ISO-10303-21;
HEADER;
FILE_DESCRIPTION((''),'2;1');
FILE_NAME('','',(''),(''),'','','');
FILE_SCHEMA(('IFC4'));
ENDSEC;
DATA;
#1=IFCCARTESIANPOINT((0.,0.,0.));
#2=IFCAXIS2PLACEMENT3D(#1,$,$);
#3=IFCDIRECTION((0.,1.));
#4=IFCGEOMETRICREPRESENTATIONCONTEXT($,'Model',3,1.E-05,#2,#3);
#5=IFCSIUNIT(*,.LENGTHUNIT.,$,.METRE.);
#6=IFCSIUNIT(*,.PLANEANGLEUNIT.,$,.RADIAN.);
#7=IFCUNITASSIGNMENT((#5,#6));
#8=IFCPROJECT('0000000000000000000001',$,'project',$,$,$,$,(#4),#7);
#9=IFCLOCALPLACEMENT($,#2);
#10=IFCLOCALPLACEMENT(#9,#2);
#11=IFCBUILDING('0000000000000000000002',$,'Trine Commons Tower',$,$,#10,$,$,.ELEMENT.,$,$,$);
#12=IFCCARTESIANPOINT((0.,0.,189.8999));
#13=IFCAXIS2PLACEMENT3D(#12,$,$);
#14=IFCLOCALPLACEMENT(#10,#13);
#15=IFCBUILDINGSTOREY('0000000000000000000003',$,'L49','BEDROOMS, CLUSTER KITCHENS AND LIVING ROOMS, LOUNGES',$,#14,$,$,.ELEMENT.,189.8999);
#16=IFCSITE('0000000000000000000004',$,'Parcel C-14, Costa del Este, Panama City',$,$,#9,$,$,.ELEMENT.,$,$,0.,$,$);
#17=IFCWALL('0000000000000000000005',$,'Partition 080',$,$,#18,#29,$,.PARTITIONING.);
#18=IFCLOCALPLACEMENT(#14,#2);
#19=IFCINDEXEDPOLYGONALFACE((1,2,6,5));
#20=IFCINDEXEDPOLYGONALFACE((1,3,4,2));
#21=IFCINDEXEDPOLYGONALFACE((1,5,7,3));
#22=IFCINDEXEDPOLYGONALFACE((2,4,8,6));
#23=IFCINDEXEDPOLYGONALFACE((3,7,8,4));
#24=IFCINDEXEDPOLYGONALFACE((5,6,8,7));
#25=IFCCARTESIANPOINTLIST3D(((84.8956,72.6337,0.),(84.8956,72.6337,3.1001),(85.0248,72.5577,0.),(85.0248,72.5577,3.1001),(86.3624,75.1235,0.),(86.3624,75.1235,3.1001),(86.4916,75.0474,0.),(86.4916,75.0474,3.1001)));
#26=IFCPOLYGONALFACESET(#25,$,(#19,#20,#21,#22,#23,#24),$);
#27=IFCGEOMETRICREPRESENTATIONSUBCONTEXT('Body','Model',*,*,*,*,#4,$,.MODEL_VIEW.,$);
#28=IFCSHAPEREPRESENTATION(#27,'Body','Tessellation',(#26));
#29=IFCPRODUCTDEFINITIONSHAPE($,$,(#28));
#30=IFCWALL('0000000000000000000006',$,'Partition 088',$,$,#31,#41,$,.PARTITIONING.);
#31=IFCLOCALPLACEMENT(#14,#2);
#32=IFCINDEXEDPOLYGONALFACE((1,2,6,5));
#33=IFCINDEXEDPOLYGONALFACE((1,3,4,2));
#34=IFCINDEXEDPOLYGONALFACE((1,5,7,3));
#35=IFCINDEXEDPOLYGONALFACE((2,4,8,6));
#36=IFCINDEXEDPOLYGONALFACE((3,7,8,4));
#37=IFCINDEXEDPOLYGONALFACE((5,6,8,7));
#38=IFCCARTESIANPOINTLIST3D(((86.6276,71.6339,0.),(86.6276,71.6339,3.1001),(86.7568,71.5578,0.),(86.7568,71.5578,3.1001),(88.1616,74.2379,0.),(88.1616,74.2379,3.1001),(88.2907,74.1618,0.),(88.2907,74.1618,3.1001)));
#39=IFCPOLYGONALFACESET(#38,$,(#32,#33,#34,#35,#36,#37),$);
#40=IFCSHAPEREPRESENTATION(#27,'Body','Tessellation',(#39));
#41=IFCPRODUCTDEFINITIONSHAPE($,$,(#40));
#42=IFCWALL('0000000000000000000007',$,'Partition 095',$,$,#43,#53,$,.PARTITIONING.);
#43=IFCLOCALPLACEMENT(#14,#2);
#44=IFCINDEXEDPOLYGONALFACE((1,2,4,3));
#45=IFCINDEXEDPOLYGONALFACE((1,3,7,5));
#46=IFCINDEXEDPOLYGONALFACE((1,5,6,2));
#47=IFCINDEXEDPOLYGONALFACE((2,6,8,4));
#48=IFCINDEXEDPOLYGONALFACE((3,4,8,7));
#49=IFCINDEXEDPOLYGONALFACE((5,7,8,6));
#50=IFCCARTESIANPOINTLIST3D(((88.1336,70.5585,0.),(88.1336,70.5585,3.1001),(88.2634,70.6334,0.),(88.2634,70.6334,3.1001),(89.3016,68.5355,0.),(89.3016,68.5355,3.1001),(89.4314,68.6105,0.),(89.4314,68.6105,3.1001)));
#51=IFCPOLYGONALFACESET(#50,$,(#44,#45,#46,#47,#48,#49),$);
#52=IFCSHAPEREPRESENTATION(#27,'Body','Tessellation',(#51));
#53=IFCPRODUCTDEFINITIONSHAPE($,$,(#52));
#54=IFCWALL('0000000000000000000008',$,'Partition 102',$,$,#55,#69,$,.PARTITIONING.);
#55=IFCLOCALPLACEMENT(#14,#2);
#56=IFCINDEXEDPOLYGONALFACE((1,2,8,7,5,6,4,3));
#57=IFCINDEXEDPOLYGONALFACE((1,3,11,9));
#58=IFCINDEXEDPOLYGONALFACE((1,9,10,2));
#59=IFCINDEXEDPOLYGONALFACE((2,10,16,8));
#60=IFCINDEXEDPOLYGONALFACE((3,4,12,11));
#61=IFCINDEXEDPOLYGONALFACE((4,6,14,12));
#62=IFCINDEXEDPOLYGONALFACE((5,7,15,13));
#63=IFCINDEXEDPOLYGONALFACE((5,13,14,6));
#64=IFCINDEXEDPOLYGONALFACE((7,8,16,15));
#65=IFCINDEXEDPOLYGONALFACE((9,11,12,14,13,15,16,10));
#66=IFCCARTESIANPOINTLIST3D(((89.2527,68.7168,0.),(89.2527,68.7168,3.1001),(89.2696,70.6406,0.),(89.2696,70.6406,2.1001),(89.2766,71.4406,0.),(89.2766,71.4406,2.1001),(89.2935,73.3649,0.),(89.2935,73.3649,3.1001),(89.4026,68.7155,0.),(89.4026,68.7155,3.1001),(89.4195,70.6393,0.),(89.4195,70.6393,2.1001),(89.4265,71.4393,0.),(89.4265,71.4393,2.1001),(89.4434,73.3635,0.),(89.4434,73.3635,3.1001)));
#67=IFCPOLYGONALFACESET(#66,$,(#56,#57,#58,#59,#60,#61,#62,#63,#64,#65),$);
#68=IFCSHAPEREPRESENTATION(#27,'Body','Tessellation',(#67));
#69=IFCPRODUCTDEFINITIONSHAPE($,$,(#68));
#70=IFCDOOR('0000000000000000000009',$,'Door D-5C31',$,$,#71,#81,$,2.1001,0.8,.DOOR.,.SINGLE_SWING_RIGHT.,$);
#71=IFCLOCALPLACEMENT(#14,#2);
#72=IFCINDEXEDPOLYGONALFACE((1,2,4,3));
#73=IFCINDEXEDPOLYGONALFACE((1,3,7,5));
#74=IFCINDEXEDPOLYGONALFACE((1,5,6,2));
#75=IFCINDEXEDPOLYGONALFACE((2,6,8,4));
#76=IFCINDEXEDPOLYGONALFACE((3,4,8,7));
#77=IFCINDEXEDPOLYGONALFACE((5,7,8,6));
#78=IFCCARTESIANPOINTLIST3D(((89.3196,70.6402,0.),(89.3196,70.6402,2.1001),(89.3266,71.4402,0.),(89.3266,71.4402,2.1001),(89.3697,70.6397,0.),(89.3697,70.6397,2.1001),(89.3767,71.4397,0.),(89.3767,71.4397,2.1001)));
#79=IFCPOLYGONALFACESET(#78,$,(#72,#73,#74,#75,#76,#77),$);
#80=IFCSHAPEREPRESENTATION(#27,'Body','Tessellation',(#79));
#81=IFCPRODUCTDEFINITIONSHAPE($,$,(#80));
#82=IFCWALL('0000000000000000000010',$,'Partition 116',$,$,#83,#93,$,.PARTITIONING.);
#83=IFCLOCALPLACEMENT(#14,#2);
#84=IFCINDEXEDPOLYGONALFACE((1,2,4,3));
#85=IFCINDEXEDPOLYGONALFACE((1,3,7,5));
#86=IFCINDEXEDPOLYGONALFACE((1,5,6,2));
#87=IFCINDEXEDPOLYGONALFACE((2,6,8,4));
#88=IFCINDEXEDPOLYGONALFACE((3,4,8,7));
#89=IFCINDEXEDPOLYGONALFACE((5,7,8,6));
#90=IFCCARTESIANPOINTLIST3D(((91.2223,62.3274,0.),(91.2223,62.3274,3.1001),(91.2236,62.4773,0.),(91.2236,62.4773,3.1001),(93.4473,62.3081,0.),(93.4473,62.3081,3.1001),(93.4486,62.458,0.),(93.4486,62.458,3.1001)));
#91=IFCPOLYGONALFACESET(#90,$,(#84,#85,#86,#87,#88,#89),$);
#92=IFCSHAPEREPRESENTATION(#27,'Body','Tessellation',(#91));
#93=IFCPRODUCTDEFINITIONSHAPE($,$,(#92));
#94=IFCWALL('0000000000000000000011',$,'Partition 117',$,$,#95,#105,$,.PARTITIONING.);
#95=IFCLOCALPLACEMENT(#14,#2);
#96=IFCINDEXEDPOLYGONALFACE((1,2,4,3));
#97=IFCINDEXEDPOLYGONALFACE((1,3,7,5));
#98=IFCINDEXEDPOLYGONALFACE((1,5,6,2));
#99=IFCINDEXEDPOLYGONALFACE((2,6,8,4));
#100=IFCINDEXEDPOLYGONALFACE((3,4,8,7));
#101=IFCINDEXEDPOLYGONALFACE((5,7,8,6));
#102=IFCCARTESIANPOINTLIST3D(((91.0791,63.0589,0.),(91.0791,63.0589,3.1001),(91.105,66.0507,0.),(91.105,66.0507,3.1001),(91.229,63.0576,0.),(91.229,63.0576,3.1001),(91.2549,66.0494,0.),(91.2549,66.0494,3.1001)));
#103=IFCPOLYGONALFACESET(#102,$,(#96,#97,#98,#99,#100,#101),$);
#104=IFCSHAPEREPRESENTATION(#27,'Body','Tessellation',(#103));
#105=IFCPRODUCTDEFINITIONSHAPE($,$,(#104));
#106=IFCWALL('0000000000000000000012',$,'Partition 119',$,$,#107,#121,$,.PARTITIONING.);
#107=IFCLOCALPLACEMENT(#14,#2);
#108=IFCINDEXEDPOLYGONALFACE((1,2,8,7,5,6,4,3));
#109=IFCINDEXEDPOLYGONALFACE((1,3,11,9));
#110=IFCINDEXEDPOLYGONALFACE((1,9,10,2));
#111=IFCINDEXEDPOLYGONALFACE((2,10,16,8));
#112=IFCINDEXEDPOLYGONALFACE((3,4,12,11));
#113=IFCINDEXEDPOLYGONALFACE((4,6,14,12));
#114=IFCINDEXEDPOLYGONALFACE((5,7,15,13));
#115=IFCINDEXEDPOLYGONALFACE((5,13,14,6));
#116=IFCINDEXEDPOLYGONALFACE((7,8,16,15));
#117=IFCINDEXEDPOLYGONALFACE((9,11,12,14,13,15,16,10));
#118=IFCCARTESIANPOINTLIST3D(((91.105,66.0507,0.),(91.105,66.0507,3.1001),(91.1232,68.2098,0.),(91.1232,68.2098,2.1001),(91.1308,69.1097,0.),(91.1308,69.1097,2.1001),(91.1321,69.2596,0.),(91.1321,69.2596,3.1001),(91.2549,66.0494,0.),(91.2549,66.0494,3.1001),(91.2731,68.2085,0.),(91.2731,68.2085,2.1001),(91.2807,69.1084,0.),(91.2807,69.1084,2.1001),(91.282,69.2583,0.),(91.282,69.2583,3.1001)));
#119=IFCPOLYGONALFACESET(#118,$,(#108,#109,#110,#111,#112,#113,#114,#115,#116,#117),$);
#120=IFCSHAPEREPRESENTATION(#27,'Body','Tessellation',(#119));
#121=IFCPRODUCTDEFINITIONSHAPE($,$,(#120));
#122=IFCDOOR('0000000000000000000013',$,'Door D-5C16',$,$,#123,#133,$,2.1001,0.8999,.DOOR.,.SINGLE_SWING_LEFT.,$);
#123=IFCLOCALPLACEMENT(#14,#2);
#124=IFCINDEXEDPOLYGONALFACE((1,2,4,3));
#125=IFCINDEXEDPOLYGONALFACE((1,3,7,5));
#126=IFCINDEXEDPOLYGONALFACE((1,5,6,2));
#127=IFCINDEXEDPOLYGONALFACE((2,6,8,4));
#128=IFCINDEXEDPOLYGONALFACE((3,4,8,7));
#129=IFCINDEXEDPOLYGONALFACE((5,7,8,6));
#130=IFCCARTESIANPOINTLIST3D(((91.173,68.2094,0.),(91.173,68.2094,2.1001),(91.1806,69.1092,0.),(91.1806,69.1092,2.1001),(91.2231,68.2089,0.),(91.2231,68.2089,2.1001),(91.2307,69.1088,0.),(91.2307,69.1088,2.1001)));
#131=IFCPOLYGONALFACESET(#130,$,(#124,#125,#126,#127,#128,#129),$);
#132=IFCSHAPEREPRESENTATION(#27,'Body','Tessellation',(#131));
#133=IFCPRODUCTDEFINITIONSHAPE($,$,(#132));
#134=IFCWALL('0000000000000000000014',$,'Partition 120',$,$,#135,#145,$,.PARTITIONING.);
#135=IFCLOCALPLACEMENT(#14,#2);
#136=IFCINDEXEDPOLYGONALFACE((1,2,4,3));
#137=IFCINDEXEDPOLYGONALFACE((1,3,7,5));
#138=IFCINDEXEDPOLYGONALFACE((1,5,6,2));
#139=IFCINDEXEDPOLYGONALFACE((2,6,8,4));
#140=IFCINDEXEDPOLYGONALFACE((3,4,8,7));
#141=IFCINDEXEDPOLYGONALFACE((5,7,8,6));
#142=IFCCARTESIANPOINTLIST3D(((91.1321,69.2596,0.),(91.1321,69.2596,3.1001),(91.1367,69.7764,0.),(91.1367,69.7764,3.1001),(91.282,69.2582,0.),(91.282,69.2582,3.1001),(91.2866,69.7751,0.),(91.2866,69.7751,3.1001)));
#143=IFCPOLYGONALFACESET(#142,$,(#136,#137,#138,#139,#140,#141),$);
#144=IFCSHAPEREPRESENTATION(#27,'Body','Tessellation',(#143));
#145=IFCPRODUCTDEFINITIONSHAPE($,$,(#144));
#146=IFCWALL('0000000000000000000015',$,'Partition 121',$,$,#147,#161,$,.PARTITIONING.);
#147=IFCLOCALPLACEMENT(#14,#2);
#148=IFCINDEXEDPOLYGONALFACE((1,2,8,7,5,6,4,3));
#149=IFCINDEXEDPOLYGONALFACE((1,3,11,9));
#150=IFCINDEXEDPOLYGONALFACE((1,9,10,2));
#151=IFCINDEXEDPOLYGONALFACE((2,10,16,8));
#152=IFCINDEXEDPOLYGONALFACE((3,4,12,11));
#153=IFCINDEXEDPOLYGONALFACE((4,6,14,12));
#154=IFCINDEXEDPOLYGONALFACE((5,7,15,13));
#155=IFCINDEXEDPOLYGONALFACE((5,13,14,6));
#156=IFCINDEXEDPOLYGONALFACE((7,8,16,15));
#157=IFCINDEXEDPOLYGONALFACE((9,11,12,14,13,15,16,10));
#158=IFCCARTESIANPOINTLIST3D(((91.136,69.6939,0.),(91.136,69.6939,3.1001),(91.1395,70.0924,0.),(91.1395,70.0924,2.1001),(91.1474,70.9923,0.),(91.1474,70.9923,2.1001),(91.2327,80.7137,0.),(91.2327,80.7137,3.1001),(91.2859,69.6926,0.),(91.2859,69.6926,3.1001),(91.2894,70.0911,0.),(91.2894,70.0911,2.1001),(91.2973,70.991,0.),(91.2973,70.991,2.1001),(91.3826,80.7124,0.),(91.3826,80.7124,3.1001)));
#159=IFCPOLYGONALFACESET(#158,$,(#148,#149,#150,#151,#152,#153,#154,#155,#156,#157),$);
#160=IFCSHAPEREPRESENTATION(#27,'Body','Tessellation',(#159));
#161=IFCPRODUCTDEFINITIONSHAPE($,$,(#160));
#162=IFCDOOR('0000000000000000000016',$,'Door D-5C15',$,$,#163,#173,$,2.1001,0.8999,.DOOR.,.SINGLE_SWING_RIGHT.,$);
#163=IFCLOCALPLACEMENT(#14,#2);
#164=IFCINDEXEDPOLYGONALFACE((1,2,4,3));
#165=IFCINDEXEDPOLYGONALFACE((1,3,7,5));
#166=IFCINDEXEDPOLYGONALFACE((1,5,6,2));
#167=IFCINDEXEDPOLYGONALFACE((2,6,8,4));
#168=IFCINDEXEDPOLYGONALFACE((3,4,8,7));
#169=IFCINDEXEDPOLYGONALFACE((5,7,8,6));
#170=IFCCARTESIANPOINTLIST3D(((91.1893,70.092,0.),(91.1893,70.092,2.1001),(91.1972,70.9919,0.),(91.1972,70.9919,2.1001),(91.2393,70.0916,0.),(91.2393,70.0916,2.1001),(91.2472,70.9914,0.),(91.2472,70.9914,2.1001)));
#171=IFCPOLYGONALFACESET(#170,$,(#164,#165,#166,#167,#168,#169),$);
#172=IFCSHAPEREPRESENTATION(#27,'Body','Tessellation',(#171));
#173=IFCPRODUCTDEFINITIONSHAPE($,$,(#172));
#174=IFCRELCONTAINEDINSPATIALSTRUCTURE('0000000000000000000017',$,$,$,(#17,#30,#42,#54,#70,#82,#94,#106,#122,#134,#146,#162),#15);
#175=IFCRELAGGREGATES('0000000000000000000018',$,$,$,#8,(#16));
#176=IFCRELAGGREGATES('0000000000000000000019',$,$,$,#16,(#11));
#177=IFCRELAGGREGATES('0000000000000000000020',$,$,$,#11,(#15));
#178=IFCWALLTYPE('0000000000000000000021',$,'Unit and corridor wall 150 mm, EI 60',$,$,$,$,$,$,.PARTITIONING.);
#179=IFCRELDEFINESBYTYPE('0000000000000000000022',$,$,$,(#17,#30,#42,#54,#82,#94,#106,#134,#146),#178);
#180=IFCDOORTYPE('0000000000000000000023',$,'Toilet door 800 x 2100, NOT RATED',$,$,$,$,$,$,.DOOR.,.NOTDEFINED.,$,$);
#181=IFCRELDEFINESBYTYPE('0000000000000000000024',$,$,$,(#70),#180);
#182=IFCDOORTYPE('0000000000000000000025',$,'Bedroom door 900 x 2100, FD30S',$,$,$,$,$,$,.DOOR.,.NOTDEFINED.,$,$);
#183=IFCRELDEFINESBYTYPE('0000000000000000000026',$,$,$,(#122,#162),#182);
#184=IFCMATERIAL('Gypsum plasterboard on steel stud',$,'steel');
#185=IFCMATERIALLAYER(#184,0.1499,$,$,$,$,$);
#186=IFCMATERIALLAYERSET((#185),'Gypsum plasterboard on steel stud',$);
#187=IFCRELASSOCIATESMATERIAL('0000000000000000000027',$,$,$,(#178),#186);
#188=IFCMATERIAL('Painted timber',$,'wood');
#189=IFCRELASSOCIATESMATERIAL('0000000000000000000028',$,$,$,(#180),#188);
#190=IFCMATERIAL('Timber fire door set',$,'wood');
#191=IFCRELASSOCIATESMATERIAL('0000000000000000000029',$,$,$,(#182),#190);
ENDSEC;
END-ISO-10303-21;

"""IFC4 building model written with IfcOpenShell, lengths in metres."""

from ifc_helpers import new_model, si_unit, direction, frame, frame_2d, origin, place, context, subcontext, project, spatial, rectangle, extrude, material, layer, layer_set, type_object, element, fill, save


model = new_model("IFC4")

# Units and contexts
model_context = context("Model", 3, precision=1e-05, world=origin(), true_north=direction((0.0, 1.0)))
body_context = subcontext(model_context, "Body", "Model", "MODEL_VIEW")
ifc_project = project(units=[si_unit("LENGTHUNIT", "METRE"), si_unit("PLANEANGLEUNIT", "RADIAN")], contexts=[model_context])

# Site, building, storey
site_placement = place(None, origin())
site = spatial("IfcSite", under=ifc_project, at=site_placement, Name="Parcel C-14, Costa del Este, Panama City", CompositionType="ELEMENT", RefElevation=0.0)
building_placement = place(site_placement, origin())
building = spatial("IfcBuilding", under=site, at=building_placement, Name="Trine Commons Tower", CompositionType="ELEMENT")
storey_placement = place(building_placement, frame((0.0, 0.0, 189.8999)))
storey = spatial("IfcBuildingStorey", under=building, at=storey_placement, Name="L49", Description="BEDROOMS, CLUSTER KITCHENS AND LIVING ROOMS, LOUNGES", CompositionType="ELEMENT", Elevation=189.8999)

# Walls
ifc_material_1 = material(Name="Gypsum plasterboard on steel stud", Category="steel")
ifc_layer_1 = layer(ifc_material_1, 0.1499)
ifc_layer_set_1 = layer_set([ifc_layer_1], Name="Gypsum plasterboard on steel stud")
wall_type_1 = type_object("IfcWallType", Name="Unit and corridor wall 150 mm, EI 60", PredefinedType="PARTITIONING", material=ifc_layer_set_1)
wall_1_placement = place(storey_placement, frame((84.9602, 72.5957, 0.0), z_axis=(0.0, 0.0, 1.0), x_axis=(0.507596, 0.861595, 0.0)))
element("IfcWall", 1, at=wall_1_placement, inside=storey, type_object=wall_type_1, Name="Partition 080", PredefinedType="PARTITIONING", context=body_context, shape_type="SweptSolid", body=[
    extrude(rectangle(XDim=2.8896, YDim=0.1499, at=frame_2d((1.4448, 0.0))), origin(), (0.0, 0.0, 1.0), 3.1001),
])
wall_2_placement = place(storey_placement, frame((86.6921, 71.5957, 0.0), z_axis=(0.0, 0.0, 1.0), x_axis=(0.507553, 0.86162, 0.0)))
element("IfcWall", 2, at=wall_2_placement, inside=storey, type_object=wall_type_1, Name="Partition 088", PredefinedType="PARTITIONING", context=body_context, shape_type="SweptSolid", body=[
    extrude(rectangle(XDim=3.0222, YDim=0.1499, at=frame_2d((1.5112, 0.0))), origin(), (0.0, 0.0, 1.0), 3.1001),
])
wall_3_placement = place(storey_placement, frame((88.1985, 70.5959, 0.0), z_axis=(0.0, 0.0, 1.0), x_axis=(0.500006, -0.866022, 0.0)))
element("IfcWall", 3, at=wall_3_placement, inside=storey, type_object=wall_type_1, Name="Partition 095", PredefinedType="PARTITIONING", context=body_context, shape_type="SweptSolid", body=[
    extrude(rectangle(XDim=2.3359, YDim=0.1499, at=frame_2d((1.168, 0.0))), origin(), (0.0, 0.0, 1.0), 3.1001),
])

# Wall, opening, door
wall_4_placement = place(storey_placement, frame((89.3276, 68.7161, 0.0), z_axis=(0.0, 0.0, 1.0), x_axis=(0.008772, 0.999962, 0.0)))
wall_4 = element("IfcWall", 4, at=wall_4_placement, inside=storey, type_object=wall_type_1, Name="Partition 102", PredefinedType="PARTITIONING", context=body_context, shape_type="SweptSolid", body=[
    extrude(rectangle(XDim=4.6482, YDim=0.1499, at=frame_2d((2.3242, 0.0))), origin(), (0.0, 0.0, 1.0), 3.1001),
])
opening_1_placement = place(wall_4_placement, frame((1.9241, 0.0, 0.0)))
opening_1 = element("IfcOpeningElement", 5, at=opening_1_placement, cuts=wall_4, PredefinedType="OPENING", context=body_context, shape_type="SweptSolid", body=[
    extrude(rectangle(XDim=0.8, YDim=2.1001, at=frame_2d((0.3999, 1.05))), frame((0.0, 0.085, 0.0), z_axis=(0.0, -1.0, 0.0), x_axis=(1.0, 0.0, 0.0)), (0.0, 0.0, 1.0), 0.1699),
])
ifc_material_2 = material(Name="Painted timber", Category="wood")
door_type_1 = type_object("IfcDoorType", Name="Toilet door 800 x 2100, NOT RATED", OperationType="NOTDEFINED", PredefinedType="DOOR", material=ifc_material_2)
door_1_placement = place(opening_1_placement, origin())
door_1 = element("IfcDoor", 6, at=door_1_placement, inside=storey, type_object=door_type_1, Name="Door D-5C31", OperationType="SINGLE_SWING_RIGHT", OverallHeight=2.1001, OverallWidth=0.8, PredefinedType="DOOR", context=body_context, shape_type="SweptSolid", body=[
    extrude(rectangle(XDim=0.8, YDim=2.1001, at=frame_2d((0.3999, 1.05))), frame((0.0, 0.0249, 0.0), z_axis=(0.0, -1.0, 0.0), x_axis=(1.0, 0.0, 0.0)), (0.0, 0.0, 1.0), 0.05),
])
fill(opening_1, door_1)

# Walls
wall_5_placement = place(storey_placement, frame((91.2229, 62.4023, 0.0), z_axis=(0.0, 0.0, 1.0), x_axis=(0.999962, -0.008668, 0.0)))
element("IfcWall", 7, at=wall_5_placement, inside=storey, type_object=wall_type_1, Name="Partition 116", PredefinedType="PARTITIONING", context=body_context, shape_type="SweptSolid", body=[
    extrude(rectangle(XDim=2.2251, YDim=0.1499, at=frame_2d((1.1125, 0.0))), origin(), (0.0, 0.0, 1.0), 3.1001),
])
wall_6_placement = place(storey_placement, frame((91.1541, 63.0581, 0.0), z_axis=(0.0, 0.0, 1.0), x_axis=(0.008649, 0.999963, 0.0)))
element("IfcWall", 8, at=wall_6_placement, inside=storey, type_object=wall_type_1, Name="Partition 117", PredefinedType="PARTITIONING", context=body_context, shape_type="SweptSolid", body=[
    extrude(rectangle(XDim=2.9919, YDim=0.1499, at=frame_2d((1.4961, 0.0))), origin(), (0.0, 0.0, 1.0), 3.1001),
])

# Wall, opening, door
wall_7_placement = place(storey_placement, frame((91.1799, 66.05, 0.0), z_axis=(0.0, 0.0, 1.0), x_axis=(0.008445, 0.999964, 0.0)))
wall_7 = element("IfcWall", 9, at=wall_7_placement, inside=storey, type_object=wall_type_1, Name="Partition 119", PredefinedType="PARTITIONING", context=body_context, shape_type="SweptSolid", body=[
    extrude(rectangle(XDim=3.209, YDim=0.1499, at=frame_2d((1.6045, 0.0))), origin(), (0.0, 0.0, 1.0), 3.1001),
])
opening_2_placement = place(wall_7_placement, frame((2.1592, 0.0, 0.0)))
opening_2 = element("IfcOpeningElement", 10, at=opening_2_placement, cuts=wall_7, PredefinedType="OPENING", context=body_context, shape_type="SweptSolid", body=[
    extrude(rectangle(XDim=0.8999, YDim=2.1001, at=frame_2d((0.45, 1.05))), frame((0.0, 0.085, 0.0), z_axis=(0.0, -1.0, 0.0), x_axis=(1.0, 0.0, 0.0)), (0.0, 0.0, 1.0), 0.1699),
])
ifc_material_3 = material(Name="Timber fire door set", Category="wood")
door_type_2 = type_object("IfcDoorType", Name="Bedroom door 900 x 2100, FD30S", OperationType="NOTDEFINED", PredefinedType="DOOR", material=ifc_material_3)
door_2_placement = place(opening_2_placement, frame((0.8999, 0.0, 0.0), z_axis=(0.0, 0.0, 1.0), x_axis=(-1.0, 0.0, 0.0)))
door_2 = element("IfcDoor", 11, at=door_2_placement, inside=storey, type_object=door_type_2, Name="Door D-5C16", OperationType="SINGLE_SWING_LEFT", OverallHeight=2.1001, OverallWidth=0.8999, PredefinedType="DOOR", context=body_context, shape_type="SweptSolid", body=[
    extrude(rectangle(XDim=0.8999, YDim=2.1001, at=frame_2d((0.45, 1.05))), frame((0.0, 0.0249, 0.0), z_axis=(0.0, -1.0, 0.0), x_axis=(1.0, 0.0, 0.0)), (0.0, 0.0, 1.0), 0.05),
])
fill(opening_2, door_2)

# Wall
wall_8_placement = place(storey_placement, frame((91.207, 69.259, 0.0), z_axis=(0.0, 0.0, 1.0), x_axis=(0.008975, 0.99996, 0.0)))
element("IfcWall", 12, at=wall_8_placement, inside=storey, type_object=wall_type_1, Name="Partition 120", PredefinedType="PARTITIONING", context=body_context, shape_type="SweptSolid", body=[
    extrude(rectangle(XDim=0.5168, YDim=0.1499, at=frame_2d((0.2583, 0.0))), origin(), (0.0, 0.0, 1.0), 3.1001),
])

# Wall, opening, door
wall_9_placement = place(storey_placement, frame((91.2109, 69.6931, 0.0), z_axis=(0.0, 0.0, 1.0), x_axis=(0.008773, 0.999962, 0.0)))
wall_9 = element("IfcWall", 13, at=wall_9_placement, inside=storey, type_object=wall_type_1, Name="Partition 121", PredefinedType="PARTITIONING", context=body_context, shape_type="SweptSolid", body=[
    extrude(rectangle(XDim=11.0203, YDim=0.1499, at=frame_2d((5.5103, 0.0))), origin(), (0.0, 0.0, 1.0), 3.1001),
])
opening_3_placement = place(wall_9_placement, frame((0.3987, 0.0, 0.0)))
opening_3 = element("IfcOpeningElement", 14, at=opening_3_placement, cuts=wall_9, PredefinedType="OPENING", context=body_context, shape_type="SweptSolid", body=[
    extrude(rectangle(XDim=0.8999, YDim=2.1001, at=frame_2d((0.45, 1.05))), frame((0.0, 0.085, 0.0), z_axis=(0.0, -1.0, 0.0), x_axis=(1.0, 0.0, 0.0)), (0.0, 0.0, 1.0), 0.1699),
])
door_3_placement = place(opening_3_placement, frame((0.8999, 0.0, 0.0), z_axis=(0.0, 0.0, 1.0), x_axis=(-1.0, 0.0, 0.0)))
door_3 = element("IfcDoor", 15, at=door_3_placement, inside=storey, type_object=door_type_2, Name="Door D-5C15", OperationType="SINGLE_SWING_RIGHT", OverallHeight=2.1001, OverallWidth=0.8999, PredefinedType="DOOR", context=body_context, shape_type="SweptSolid", body=[
    extrude(rectangle(XDim=0.8999, YDim=2.1001, at=frame_2d((0.45, 1.05))), frame((0.0, 0.0249, 0.0), z_axis=(0.0, -1.0, 0.0), x_axis=(1.0, 0.0, 0.0)), (0.0, 0.0, 1.0), 0.05),
])
fill(opening_3, door_3)

save(model, "model.ifc")
